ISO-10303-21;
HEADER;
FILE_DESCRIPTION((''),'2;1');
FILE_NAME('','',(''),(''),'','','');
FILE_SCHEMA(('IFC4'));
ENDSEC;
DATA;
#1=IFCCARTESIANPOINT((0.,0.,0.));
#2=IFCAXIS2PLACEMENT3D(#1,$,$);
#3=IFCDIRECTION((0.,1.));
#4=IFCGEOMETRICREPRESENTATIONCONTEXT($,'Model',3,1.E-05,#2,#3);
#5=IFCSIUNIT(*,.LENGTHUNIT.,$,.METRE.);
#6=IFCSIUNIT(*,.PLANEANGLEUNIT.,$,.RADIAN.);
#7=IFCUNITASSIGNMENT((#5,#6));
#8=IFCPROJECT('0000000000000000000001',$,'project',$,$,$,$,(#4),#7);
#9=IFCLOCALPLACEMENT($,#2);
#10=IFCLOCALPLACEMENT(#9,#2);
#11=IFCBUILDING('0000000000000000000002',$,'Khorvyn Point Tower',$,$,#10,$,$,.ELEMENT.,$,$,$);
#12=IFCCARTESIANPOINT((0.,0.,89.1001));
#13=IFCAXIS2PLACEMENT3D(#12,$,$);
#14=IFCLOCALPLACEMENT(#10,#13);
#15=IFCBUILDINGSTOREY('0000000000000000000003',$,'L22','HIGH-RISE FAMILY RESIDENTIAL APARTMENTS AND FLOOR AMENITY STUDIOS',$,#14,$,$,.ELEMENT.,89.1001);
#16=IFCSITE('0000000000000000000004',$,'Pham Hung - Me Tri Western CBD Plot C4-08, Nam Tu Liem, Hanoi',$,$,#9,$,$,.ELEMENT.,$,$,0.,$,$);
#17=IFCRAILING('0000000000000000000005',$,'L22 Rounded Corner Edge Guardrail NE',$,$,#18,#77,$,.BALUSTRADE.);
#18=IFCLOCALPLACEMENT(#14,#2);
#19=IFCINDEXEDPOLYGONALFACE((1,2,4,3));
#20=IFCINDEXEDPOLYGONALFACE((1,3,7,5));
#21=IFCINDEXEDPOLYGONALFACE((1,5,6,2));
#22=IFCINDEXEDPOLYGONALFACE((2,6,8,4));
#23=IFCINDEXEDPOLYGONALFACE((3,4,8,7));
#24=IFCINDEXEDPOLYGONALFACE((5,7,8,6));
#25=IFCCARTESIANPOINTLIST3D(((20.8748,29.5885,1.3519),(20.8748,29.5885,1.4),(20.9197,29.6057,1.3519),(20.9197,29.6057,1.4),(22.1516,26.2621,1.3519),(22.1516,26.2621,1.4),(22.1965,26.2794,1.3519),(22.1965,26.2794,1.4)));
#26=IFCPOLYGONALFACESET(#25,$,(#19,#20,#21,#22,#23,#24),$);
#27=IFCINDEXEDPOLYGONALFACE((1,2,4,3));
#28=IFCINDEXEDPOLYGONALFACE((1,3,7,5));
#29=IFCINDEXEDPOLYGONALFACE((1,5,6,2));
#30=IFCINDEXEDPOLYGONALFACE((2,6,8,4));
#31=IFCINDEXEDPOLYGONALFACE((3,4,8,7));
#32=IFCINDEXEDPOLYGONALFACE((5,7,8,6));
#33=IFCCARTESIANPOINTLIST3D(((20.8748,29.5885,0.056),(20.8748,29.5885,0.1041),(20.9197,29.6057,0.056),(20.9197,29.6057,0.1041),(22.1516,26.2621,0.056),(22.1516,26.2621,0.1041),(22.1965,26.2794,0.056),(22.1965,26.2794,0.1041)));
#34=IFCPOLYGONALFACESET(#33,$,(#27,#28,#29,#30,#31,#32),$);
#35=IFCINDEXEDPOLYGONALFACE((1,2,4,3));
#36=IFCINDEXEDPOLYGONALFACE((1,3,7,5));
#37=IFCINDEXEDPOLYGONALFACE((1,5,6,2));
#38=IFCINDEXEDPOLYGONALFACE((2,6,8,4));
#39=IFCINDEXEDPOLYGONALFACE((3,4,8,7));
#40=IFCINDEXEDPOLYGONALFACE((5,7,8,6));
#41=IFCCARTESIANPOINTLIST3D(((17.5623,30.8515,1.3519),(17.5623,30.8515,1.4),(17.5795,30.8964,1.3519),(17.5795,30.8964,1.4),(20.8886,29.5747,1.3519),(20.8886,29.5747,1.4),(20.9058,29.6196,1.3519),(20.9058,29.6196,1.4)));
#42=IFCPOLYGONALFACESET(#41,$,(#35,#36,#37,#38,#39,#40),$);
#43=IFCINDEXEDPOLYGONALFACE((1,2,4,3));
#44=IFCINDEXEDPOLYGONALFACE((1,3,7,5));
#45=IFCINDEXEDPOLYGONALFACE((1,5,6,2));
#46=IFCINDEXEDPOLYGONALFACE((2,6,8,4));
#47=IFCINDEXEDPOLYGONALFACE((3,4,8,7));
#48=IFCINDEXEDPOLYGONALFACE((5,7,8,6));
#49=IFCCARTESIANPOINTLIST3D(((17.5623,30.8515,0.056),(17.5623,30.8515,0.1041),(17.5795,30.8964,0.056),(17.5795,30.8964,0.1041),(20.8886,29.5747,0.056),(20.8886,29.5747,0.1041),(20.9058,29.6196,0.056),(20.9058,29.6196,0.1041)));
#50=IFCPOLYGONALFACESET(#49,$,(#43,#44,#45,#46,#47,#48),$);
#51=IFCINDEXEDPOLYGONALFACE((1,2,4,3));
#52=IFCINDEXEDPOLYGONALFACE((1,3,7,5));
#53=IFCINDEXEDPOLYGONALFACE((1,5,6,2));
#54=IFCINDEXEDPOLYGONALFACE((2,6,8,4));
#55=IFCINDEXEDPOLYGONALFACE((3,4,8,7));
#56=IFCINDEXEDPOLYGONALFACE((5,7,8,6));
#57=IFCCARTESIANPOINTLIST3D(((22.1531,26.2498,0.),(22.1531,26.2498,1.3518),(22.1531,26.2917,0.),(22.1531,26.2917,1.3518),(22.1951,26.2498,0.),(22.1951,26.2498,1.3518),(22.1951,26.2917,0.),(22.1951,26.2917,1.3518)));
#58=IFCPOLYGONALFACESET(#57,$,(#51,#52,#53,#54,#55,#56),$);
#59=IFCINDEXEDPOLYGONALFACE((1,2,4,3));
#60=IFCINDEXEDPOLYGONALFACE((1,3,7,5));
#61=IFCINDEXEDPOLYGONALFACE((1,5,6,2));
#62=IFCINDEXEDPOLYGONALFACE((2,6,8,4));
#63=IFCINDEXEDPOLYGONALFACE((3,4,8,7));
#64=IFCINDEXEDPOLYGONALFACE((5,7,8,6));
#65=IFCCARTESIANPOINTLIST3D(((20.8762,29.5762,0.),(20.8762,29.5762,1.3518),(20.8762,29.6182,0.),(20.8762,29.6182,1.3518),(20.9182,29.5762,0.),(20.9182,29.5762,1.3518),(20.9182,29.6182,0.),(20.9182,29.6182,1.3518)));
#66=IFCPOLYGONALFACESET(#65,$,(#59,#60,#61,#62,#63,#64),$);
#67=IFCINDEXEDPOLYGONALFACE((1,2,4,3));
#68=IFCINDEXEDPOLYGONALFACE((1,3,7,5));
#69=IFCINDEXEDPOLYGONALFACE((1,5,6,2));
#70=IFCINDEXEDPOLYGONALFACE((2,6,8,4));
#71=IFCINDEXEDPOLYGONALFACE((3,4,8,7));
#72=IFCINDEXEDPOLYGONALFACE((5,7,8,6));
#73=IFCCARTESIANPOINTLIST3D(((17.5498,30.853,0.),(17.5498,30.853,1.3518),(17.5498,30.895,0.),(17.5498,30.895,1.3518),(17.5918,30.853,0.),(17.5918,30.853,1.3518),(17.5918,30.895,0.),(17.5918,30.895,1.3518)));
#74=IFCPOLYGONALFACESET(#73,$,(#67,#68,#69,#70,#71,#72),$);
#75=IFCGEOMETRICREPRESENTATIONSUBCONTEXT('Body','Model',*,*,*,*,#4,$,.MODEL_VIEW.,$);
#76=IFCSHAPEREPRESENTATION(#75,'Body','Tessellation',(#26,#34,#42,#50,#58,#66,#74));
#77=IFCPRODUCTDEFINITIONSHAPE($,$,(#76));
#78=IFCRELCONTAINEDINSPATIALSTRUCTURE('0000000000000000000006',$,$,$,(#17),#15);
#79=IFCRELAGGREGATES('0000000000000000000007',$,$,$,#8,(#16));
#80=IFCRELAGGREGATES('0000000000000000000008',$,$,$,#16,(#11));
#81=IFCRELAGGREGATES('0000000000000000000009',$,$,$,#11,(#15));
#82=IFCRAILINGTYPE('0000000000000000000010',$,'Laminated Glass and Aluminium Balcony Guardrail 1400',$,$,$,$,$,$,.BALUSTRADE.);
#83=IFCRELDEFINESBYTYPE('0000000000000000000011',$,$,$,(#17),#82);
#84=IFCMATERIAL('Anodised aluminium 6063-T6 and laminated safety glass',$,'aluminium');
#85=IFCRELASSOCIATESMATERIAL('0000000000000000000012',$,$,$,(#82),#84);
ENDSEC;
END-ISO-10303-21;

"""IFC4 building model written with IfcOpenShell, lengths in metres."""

from ifc_helpers import new_model, si_unit, direction, frame, origin, origin_2d, place, context, subcontext, project, spatial, rectangle, extrude, material, type_object, element, save


model = new_model("IFC4")

# Units and contexts
model_context = context("Model", 3, precision=1e-05, world=origin(), true_north=direction((0.0, 1.0)))
body_context = subcontext(model_context, "Body", "Model", "MODEL_VIEW")
ifc_project = project(units=[si_unit("LENGTHUNIT", "METRE"), si_unit("PLANEANGLEUNIT", "RADIAN")], contexts=[model_context])

# Site, building, storey
site_placement = place(None, origin())
site = spatial("IfcSite", under=ifc_project, at=site_placement, Name="Pham Hung - Me Tri Western CBD Plot C4-08, Nam Tu Liem, Hanoi", CompositionType="ELEMENT", RefElevation=0.0)
building_placement = place(site_placement, origin())
building = spatial("IfcBuilding", under=site, at=building_placement, Name="Khorvyn Point Tower", CompositionType="ELEMENT")
storey_placement = place(building_placement, frame((0.0, 0.0, 89.1001)))
storey = spatial("IfcBuildingStorey", under=building, at=storey_placement, Name="L22", Description="HIGH-RISE FAMILY RESIDENTIAL APARTMENTS AND FLOOR AMENITY STUDIOS", CompositionType="ELEMENT", Elevation=89.1001)

# Railing
ifc_material_1 = material(Name="Anodised aluminium 6063-T6 and laminated safety glass", Category="aluminium")
railing_type = type_object("IfcRailingType", Name="Laminated Glass and Aluminium Balcony Guardrail 1400", PredefinedType="BALUSTRADE", material=ifc_material_1)
railing_placement = place(storey_placement, frame((22.1741, 26.2708, 0.0)))
element("IfcRailing", 1, at=railing_placement, inside=storey, type_object=railing_type, Name="L22 Rounded Corner Edge Guardrail NE", PredefinedType="BALUSTRADE", context=body_context, shape_type="SweptSolid", body=[
    extrude(rectangle(XDim=0.0481, YDim=0.0481, at=origin_2d()), frame((0.0, 0.0, 1.376), z_axis=(-0.358359, 0.933584, 0.0), x_axis=(-0.933584, -0.358359, 0.0)), (0.0, 0.0, 1.0), 3.563),
    extrude(rectangle(XDim=0.0481, YDim=0.0481, at=origin_2d()), frame((0.0, 0.0, 0.0801), z_axis=(-0.358359, 0.933584, 0.0), x_axis=(-0.933584, -0.358359, 0.0)), (0.0, 0.0, 1.0), 3.563),
    extrude(rectangle(XDim=0.0481, YDim=0.0481, at=origin_2d()), frame((-1.2769, 3.3264, 1.376), z_axis=(-0.933584, 0.358359, 0.0), x_axis=(-0.358359, -0.933584, 0.0)), (0.0, 0.0, 1.0), 3.563),
    extrude(rectangle(XDim=0.0481, YDim=0.0481, at=origin_2d()), frame((-1.2769, 3.3264, 0.0801), z_axis=(-0.933584, 0.358359, 0.0), x_axis=(-0.358359, -0.933584, 0.0)), (0.0, 0.0, 1.0), 3.563),
    extrude(rectangle(XDim=0.042, YDim=0.042, at=origin_2d()), origin(), (0.0, 0.0, 1.0), 1.3518),
    extrude(rectangle(XDim=0.042, YDim=0.042, at=origin_2d()), frame((-1.2769, 3.3264, 0.0)), (0.0, 0.0, 1.0), 1.3518),
    extrude(rectangle(XDim=0.042, YDim=0.042, at=origin_2d()), frame((-4.6033, 4.6033, 0.0)), (0.0, 0.0, 1.0), 1.3518),
])

save(model, "model.ifc")
